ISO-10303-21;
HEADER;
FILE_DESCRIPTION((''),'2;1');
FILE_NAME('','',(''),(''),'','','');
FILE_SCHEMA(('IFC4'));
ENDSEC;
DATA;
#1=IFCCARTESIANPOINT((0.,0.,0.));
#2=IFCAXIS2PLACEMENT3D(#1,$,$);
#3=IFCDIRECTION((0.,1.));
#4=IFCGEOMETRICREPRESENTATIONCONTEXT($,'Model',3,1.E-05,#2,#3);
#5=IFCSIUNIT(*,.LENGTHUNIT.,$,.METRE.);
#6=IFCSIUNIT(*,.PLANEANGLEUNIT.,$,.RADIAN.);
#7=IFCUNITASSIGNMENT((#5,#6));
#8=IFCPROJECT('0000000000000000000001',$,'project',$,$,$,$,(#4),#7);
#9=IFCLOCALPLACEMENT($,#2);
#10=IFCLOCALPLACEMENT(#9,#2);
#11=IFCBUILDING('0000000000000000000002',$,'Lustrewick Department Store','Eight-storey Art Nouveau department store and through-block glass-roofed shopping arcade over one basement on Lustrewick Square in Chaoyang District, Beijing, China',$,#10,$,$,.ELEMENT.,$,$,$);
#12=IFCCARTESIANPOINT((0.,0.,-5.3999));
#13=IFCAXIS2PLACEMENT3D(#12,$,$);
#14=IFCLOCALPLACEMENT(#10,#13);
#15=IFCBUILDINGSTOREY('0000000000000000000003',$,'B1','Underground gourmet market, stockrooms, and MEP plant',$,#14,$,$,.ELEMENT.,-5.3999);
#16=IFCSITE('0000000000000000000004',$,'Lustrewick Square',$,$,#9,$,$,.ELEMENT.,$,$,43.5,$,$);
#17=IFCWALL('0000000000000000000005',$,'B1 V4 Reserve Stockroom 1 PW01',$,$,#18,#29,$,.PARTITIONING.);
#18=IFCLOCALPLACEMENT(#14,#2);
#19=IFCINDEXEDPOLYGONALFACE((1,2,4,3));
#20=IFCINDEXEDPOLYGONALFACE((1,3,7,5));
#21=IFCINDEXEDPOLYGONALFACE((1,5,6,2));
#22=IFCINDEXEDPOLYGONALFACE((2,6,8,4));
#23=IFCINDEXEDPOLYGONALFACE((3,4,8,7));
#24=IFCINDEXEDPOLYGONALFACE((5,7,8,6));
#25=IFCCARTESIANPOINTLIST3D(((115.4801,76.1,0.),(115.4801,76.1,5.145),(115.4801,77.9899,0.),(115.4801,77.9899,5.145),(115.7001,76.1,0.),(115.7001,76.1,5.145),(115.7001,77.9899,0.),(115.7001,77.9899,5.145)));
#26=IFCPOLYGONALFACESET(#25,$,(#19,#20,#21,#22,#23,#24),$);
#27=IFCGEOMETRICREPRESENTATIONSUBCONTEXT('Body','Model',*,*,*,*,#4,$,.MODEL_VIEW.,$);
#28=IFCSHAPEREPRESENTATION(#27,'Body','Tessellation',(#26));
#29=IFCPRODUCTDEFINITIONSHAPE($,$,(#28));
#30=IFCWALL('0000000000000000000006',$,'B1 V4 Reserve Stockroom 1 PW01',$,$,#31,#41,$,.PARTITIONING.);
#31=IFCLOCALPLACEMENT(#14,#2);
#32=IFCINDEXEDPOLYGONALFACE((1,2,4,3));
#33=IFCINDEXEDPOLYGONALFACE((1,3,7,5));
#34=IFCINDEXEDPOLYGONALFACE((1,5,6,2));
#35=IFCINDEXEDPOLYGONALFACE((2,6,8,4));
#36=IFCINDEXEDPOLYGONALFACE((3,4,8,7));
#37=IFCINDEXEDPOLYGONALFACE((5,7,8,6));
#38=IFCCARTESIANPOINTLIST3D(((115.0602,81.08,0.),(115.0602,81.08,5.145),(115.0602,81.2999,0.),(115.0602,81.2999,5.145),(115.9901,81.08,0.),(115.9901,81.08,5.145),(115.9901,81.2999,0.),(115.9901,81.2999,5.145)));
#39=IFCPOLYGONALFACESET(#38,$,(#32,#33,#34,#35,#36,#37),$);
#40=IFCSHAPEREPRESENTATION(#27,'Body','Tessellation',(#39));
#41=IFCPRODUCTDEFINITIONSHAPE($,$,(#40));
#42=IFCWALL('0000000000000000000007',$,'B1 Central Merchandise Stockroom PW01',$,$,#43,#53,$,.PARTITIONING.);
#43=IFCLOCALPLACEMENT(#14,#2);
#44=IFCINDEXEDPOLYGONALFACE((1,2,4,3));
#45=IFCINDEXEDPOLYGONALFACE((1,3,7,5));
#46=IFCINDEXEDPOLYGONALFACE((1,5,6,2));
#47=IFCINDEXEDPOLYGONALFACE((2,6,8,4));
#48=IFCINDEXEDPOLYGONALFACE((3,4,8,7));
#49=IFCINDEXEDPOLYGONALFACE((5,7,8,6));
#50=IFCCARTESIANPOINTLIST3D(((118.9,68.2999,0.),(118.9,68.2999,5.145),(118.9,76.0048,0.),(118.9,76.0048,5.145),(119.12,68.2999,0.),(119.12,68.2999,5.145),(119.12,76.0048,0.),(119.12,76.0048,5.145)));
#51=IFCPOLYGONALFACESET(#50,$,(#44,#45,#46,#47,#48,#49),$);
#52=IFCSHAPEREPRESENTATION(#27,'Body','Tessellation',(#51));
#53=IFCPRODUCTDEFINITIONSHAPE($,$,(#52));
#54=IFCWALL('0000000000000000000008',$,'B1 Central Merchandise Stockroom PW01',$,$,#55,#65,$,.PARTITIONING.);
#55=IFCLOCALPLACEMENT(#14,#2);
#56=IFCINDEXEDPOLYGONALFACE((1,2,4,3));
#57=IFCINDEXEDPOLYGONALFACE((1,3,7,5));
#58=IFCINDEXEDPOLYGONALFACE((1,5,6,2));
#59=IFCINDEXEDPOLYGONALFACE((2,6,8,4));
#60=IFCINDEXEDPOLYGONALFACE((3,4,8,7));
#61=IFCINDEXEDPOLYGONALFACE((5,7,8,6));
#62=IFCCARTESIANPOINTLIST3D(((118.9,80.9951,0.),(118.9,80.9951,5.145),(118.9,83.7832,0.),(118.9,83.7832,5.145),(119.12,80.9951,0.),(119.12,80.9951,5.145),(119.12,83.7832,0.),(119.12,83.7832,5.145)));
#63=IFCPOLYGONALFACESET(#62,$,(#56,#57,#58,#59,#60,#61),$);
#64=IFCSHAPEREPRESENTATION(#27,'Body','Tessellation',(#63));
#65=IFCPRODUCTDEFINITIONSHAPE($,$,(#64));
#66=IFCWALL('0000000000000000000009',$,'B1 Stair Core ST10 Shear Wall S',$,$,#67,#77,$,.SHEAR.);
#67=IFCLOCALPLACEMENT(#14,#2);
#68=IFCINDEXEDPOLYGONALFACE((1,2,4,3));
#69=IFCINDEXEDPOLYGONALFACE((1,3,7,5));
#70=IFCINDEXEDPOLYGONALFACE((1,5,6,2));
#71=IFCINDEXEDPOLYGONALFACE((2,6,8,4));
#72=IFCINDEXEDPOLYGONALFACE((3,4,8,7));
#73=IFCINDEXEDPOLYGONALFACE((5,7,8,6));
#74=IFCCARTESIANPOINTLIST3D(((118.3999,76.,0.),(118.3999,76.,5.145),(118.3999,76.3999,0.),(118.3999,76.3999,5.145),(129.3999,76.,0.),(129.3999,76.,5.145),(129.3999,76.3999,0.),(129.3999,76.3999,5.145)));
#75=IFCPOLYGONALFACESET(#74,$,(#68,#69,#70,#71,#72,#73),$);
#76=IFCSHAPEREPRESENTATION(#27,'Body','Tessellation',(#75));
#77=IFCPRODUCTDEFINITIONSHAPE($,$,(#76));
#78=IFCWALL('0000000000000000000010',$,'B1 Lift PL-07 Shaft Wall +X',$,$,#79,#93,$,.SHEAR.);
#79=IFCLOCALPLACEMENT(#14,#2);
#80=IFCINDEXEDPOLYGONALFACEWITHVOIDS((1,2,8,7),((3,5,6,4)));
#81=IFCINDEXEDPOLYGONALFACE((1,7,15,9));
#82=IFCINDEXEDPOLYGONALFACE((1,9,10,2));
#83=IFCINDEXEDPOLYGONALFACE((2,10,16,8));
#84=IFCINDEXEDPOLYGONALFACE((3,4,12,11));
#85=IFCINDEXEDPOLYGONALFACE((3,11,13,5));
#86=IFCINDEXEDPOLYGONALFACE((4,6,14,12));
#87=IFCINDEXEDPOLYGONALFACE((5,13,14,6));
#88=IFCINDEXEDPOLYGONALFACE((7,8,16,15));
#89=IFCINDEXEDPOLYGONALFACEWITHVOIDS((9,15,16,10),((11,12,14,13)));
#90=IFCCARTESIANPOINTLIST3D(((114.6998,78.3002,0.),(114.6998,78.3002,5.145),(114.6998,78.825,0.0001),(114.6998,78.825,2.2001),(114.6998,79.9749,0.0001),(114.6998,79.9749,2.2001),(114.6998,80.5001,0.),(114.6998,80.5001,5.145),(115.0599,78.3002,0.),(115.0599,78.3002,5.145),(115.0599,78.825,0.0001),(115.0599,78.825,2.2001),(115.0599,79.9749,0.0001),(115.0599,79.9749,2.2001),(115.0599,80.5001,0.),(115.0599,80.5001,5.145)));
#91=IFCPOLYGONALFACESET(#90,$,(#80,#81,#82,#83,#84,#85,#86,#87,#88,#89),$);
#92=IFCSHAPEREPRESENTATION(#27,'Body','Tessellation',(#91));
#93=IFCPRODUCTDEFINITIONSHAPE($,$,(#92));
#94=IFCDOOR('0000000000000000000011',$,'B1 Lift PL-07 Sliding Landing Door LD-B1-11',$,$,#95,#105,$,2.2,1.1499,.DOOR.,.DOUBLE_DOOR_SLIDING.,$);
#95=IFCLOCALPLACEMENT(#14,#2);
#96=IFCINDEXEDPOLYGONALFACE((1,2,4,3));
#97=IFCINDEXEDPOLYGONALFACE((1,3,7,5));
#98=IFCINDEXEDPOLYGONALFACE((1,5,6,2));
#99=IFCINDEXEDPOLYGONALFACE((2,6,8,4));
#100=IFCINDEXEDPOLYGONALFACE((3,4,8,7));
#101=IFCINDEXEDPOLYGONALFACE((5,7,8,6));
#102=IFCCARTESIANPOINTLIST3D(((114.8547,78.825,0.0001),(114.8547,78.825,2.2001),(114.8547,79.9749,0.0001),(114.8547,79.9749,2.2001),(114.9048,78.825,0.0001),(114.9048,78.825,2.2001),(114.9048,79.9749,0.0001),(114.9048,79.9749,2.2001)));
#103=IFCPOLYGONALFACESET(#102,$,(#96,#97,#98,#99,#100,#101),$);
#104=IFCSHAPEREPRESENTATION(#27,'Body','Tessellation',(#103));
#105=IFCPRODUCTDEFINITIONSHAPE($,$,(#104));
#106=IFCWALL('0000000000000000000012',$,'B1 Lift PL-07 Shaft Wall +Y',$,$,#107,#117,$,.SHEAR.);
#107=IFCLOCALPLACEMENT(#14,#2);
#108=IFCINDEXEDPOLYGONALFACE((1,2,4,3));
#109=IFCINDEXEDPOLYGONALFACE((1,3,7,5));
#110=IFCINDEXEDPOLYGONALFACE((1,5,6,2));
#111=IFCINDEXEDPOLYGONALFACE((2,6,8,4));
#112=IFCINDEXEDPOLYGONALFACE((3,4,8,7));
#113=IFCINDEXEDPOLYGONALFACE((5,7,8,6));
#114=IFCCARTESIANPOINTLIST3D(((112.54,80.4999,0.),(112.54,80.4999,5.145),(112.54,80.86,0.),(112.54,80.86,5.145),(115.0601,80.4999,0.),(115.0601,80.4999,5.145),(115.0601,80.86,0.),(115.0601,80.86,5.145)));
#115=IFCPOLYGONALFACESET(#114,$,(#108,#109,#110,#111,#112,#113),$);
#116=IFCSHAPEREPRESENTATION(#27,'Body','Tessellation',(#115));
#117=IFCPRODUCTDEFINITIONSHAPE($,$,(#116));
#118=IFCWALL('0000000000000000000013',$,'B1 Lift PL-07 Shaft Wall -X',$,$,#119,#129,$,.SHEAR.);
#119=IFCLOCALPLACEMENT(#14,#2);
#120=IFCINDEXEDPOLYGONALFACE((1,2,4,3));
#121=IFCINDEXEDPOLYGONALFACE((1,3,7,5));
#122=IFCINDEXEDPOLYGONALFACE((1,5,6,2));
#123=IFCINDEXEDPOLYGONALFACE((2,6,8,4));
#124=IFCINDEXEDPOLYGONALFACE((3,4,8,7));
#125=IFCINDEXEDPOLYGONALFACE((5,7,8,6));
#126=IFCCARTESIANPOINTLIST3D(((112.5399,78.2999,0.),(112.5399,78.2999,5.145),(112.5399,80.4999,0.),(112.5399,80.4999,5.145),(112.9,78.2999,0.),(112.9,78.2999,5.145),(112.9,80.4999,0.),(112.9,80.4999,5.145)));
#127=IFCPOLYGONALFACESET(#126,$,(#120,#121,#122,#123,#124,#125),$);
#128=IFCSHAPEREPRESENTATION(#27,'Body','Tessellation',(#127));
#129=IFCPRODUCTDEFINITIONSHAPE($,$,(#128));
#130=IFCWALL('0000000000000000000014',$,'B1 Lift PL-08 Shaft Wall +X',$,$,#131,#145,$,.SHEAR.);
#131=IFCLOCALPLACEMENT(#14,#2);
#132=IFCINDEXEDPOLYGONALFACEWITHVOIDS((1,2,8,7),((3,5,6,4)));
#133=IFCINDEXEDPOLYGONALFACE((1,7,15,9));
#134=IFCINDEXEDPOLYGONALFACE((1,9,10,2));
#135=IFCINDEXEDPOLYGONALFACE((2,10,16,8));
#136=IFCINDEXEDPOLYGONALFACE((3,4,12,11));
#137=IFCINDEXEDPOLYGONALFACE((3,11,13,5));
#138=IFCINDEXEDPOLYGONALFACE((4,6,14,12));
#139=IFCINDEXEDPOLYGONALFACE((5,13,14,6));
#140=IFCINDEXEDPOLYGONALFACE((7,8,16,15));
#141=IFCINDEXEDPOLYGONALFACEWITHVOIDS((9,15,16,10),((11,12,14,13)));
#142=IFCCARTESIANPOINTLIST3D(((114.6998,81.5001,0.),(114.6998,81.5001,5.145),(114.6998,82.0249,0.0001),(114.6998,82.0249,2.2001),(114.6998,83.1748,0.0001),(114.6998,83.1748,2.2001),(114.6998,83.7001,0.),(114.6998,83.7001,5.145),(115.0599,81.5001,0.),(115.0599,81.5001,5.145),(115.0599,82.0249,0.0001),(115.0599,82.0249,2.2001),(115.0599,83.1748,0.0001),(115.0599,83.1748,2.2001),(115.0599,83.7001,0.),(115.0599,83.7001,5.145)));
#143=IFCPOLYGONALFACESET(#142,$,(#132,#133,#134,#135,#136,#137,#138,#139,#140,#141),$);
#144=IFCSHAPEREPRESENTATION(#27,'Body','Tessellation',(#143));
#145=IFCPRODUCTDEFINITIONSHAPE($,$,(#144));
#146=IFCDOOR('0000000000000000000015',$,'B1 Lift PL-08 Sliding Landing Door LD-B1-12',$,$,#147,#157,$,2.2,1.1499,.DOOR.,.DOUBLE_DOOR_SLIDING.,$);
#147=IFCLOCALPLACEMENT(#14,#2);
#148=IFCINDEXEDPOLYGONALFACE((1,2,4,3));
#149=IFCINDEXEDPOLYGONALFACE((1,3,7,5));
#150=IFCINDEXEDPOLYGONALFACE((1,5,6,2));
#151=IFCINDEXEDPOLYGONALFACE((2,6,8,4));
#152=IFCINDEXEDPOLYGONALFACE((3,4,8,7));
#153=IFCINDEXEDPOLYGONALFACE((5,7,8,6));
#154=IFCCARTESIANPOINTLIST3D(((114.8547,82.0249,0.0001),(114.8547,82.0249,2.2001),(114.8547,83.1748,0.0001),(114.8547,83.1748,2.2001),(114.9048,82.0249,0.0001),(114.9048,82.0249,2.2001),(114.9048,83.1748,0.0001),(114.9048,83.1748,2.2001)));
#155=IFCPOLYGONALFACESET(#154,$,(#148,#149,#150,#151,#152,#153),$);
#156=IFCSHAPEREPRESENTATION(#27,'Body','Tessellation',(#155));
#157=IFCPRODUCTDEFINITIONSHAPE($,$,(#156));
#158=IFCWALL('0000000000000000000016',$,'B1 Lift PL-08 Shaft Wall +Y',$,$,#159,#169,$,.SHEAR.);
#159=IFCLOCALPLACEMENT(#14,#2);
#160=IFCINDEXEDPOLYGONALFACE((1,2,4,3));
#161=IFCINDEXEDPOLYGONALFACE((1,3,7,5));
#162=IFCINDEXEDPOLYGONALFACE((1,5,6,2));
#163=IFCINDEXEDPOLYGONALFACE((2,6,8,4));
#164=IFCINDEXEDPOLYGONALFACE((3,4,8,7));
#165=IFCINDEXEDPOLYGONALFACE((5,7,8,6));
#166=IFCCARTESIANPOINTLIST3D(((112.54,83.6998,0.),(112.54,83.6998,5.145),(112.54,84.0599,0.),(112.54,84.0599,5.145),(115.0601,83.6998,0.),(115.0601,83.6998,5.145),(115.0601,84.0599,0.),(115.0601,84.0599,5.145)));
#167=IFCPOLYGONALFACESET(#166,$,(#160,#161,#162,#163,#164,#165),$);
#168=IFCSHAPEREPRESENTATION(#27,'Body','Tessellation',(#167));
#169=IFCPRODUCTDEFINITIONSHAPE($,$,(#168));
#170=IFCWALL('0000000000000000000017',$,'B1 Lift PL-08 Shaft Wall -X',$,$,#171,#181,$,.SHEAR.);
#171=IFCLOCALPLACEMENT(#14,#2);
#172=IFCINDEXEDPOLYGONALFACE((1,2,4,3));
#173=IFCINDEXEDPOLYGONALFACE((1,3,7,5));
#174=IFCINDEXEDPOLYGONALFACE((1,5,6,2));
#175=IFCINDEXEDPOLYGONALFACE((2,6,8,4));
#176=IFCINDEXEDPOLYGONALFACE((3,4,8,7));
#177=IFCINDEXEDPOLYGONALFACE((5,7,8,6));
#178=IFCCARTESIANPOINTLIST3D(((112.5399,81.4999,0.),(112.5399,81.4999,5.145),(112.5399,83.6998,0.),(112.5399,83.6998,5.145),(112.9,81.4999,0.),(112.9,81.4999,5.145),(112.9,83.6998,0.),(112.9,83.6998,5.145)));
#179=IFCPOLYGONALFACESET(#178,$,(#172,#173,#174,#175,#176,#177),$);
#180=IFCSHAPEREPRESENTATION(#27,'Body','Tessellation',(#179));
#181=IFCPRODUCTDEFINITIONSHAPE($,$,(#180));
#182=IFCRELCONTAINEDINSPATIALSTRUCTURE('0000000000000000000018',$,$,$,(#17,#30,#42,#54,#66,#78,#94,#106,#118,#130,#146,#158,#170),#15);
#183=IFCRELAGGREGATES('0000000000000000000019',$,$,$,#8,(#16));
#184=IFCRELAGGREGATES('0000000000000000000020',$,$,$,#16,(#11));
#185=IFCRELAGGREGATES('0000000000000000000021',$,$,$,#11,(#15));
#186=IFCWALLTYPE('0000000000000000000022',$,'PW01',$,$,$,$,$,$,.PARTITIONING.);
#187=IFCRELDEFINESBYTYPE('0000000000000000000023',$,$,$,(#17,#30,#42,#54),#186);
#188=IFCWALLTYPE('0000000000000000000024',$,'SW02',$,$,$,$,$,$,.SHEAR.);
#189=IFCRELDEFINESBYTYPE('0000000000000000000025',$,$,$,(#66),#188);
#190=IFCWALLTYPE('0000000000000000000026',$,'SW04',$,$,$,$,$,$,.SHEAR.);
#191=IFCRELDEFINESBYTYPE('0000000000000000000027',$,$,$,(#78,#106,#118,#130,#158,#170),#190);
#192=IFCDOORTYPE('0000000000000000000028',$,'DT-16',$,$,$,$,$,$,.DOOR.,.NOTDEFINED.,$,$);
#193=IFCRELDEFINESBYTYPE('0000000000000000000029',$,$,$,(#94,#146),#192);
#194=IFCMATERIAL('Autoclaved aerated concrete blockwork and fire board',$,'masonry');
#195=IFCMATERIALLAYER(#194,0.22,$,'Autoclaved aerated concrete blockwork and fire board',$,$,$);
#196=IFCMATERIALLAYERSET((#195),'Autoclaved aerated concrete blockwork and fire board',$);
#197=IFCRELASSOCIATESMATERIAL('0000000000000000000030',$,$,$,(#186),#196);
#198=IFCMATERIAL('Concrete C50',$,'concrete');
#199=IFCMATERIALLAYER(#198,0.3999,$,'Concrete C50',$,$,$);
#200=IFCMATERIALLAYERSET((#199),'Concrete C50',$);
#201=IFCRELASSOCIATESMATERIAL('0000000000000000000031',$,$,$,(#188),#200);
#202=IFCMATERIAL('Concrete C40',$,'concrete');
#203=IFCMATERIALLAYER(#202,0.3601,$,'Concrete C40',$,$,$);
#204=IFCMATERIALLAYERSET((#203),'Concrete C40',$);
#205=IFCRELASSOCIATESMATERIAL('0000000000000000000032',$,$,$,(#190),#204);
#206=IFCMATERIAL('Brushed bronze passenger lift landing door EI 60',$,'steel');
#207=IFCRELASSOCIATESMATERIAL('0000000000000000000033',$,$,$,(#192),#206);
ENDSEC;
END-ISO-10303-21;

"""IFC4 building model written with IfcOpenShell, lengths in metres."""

from ifc_helpers import new_model, si_unit, direction, frame, frame_2d, origin, place, context, subcontext, project, spatial, rectangle, extrude, material, layer, layer_set, type_object, element, fill, save


model = new_model("IFC4")

# Units and contexts
model_context = context("Model", 3, precision=1e-05, world=origin(), true_north=direction((0.0, 1.0)))
body_context = subcontext(model_context, "Body", "Model", "MODEL_VIEW")
ifc_project = project(units=[si_unit("LENGTHUNIT", "METRE"), si_unit("PLANEANGLEUNIT", "RADIAN")], contexts=[model_context])

# Site, building, storey
site_placement = place(None, origin())
site = spatial("IfcSite", under=ifc_project, at=site_placement, Name="Lustrewick Square", CompositionType="ELEMENT", RefElevation=43.5)
building_placement = place(site_placement, origin())
building = spatial("IfcBuilding", under=site, at=building_placement, Name="Lustrewick Department Store", Description="Eight-storey Art Nouveau department store and through-block glass-roofed shopping arcade over one basement on Lustrewick Square in Chaoyang District, Beijing, China", CompositionType="ELEMENT")
storey_placement = place(building_placement, frame((0.0, 0.0, -5.3999)))
storey = spatial("IfcBuildingStorey", under=building, at=storey_placement, Name="B1", Description="Underground gourmet market, stockrooms, and MEP plant", CompositionType="ELEMENT", Elevation=-5.3999)

# Shared definitions
ifc_material_1 = material(Name="Concrete C40", Category="concrete")

# Walls
ifc_material_2 = material(Name="Autoclaved aerated concrete blockwork and fire board", Category="masonry")
ifc_layer_1 = layer(ifc_material_2, 0.22, Name="Autoclaved aerated concrete blockwork and fire board")
ifc_layer_set_1 = layer_set([ifc_layer_1], Name="Autoclaved aerated concrete blockwork and fire board")
wall_type_1 = type_object("IfcWallType", Name="PW01", PredefinedType="PARTITIONING", material=ifc_layer_set_1)
wall_1_placement = place(storey_placement, frame((115.5901, 76.1001, 0.0), z_axis=(0.0, 0.0, 1.0), x_axis=(0.0, 1.0, 0.0)))
element("IfcWall", 1, at=wall_1_placement, inside=storey, type_object=wall_type_1, Name="B1 V4 Reserve Stockroom 1 PW01", PredefinedType="PARTITIONING", context=body_context, shape_type="SweptSolid", body=[
    extrude(rectangle(XDim=1.8899, YDim=0.22, at=frame_2d((0.9448, 0.0))), origin(), (0.0, 0.0, 1.0), 5.145),
])
wall_2_placement = place(storey_placement, frame((115.99, 81.1899, 0.0), z_axis=(0.0, 0.0, 1.0), x_axis=(-1.0, 0.0, 0.0)))
element("IfcWall", 2, at=wall_2_placement, inside=storey, type_object=wall_type_1, Name="B1 V4 Reserve Stockroom 1 PW01", PredefinedType="PARTITIONING", context=body_context, shape_type="SweptSolid", body=[
    extrude(rectangle(XDim=0.9299, YDim=0.22, at=frame_2d((0.4648, 0.0))), origin(), (0.0, 0.0, 1.0), 5.145),
])
wall_3_placement = place(storey_placement, frame((119.01, 76.0049, 0.0), z_axis=(0.0, 0.0, 1.0), x_axis=(0.0, -1.0, 0.0)))
element("IfcWall", 3, at=wall_3_placement, inside=storey, type_object=wall_type_1, Name="B1 Central Merchandise Stockroom PW01", PredefinedType="PARTITIONING", context=body_context, shape_type="SweptSolid", body=[
    extrude(rectangle(XDim=7.7048, YDim=0.22, at=frame_2d((3.8525, 0.0))), origin(), (0.0, 0.0, 1.0), 5.145),
])
wall_4_placement = place(storey_placement, frame((119.01, 83.7832, 0.0), z_axis=(0.0, 0.0, 1.0), x_axis=(0.0, -1.0, 0.0)))
element("IfcWall", 4, at=wall_4_placement, inside=storey, type_object=wall_type_1, Name="B1 Central Merchandise Stockroom PW01", PredefinedType="PARTITIONING", context=body_context, shape_type="SweptSolid", body=[
    extrude(rectangle(XDim=2.7881, YDim=0.22, at=frame_2d((1.394, 0.0))), origin(), (0.0, 0.0, 1.0), 5.145),
])
ifc_material_3 = material(Name="Concrete C50", Category="concrete")
ifc_layer_2 = layer(ifc_material_3, 0.3999, Name="Concrete C50")
ifc_layer_set_2 = layer_set([ifc_layer_2], Name="Concrete C50")
wall_type_2 = type_object("IfcWallType", Name="SW02", PredefinedType="SHEAR", material=ifc_layer_set_2)
wall_5_placement = place(storey_placement, frame((118.3999, 76.2, 0.0), z_axis=(0.0, 0.0, 1.0), x_axis=(1.0, 0.0, 0.0)))
element("IfcWall", 5, at=wall_5_placement, inside=storey, type_object=wall_type_2, Name="B1 Stair Core ST10 Shear Wall S", PredefinedType="SHEAR", context=body_context, shape_type="SweptSolid", body=[
    extrude(rectangle(XDim=11.0, YDim=0.3999, at=frame_2d((5.5, 0.0))), origin(), (0.0, 0.0, 1.0), 5.145),
])

# Wall, opening, door
ifc_layer_3 = layer(ifc_material_1, 0.3601, Name="Concrete C40")
ifc_layer_set_3 = layer_set([ifc_layer_3], Name="Concrete C40")
wall_type_3 = type_object("IfcWallType", Name="SW04", PredefinedType="SHEAR", material=ifc_layer_set_3)
wall_6_placement = place(storey_placement, frame((114.8799, 78.3, 0.0), z_axis=(0.0, 0.0, 1.0), x_axis=(0.0, 1.0, 0.0)))
wall_6 = element("IfcWall", 6, at=wall_6_placement, inside=storey, type_object=wall_type_3, Name="B1 Lift PL-07 Shaft Wall +X", PredefinedType="SHEAR", context=body_context, shape_type="SweptSolid", body=[
    extrude(rectangle(XDim=2.2, YDim=0.3601, at=frame_2d((1.1001, 0.0))), origin(), (0.0, 0.0, 1.0), 5.145),
])
opening_1_placement = place(wall_6_placement, frame((0.5249, 0.0, 0.0)))
opening_1 = element("IfcOpeningElement", 7, at=opening_1_placement, cuts=wall_6, PredefinedType="OPENING", context=body_context, shape_type="SweptSolid", body=[
    extrude(rectangle(XDim=1.1499, YDim=2.2, at=frame_2d((0.575, 1.1001))), frame((0.0, 0.1899, 0.0), z_axis=(0.0, -1.0, 0.0), x_axis=(1.0, 0.0, 0.0)), (0.0, 0.0, 1.0), 0.3801),
])
ifc_material_4 = material(Name="Brushed bronze passenger lift landing door EI 60", Category="steel")
door_type_1 = type_object("IfcDoorType", Name="DT-16", OperationType="NOTDEFINED", PredefinedType="DOOR", material=ifc_material_4)
door_1_placement = place(opening_1_placement, frame((1.1499, 0.0, 0.0), z_axis=(0.0, 0.0, 1.0), x_axis=(-1.0, 0.0, 0.0)))
door_1 = element("IfcDoor", 8, at=door_1_placement, inside=storey, type_object=door_type_1, Name="B1 Lift PL-07 Sliding Landing Door LD-B1-11", OperationType="DOUBLE_DOOR_SLIDING", OverallHeight=2.2, OverallWidth=1.1499, PredefinedType="DOOR", context=body_context, shape_type="SweptSolid", body=[
    extrude(rectangle(XDim=1.1499, YDim=2.2, at=frame_2d((0.575, 1.1001))), frame((0.0, 0.0249, 0.0), z_axis=(0.0, -1.0, 0.0), x_axis=(1.0, 0.0, 0.0)), (0.0, 0.0, 1.0), 0.05),
])
fill(opening_1, door_1)

# Walls
wall_7_placement = place(storey_placement, frame((115.0601, 80.6799, 0.0), z_axis=(0.0, 0.0, 1.0), x_axis=(-1.0, 0.0, 0.0)))
element("IfcWall", 9, at=wall_7_placement, inside=storey, type_object=wall_type_3, Name="B1 Lift PL-07 Shaft Wall +Y", PredefinedType="SHEAR", context=body_context, shape_type="SweptSolid", body=[
    extrude(rectangle(XDim=2.52, YDim=0.3601, at=frame_2d((1.26, 0.0))), origin(), (0.0, 0.0, 1.0), 5.145),
])
wall_8_placement = place(storey_placement, frame((112.72, 80.5, 0.0), z_axis=(0.0, 0.0, 1.0), x_axis=(0.0, -1.0, 0.0)))
element("IfcWall", 10, at=wall_8_placement, inside=storey, type_object=wall_type_3, Name="B1 Lift PL-07 Shaft Wall -X", PredefinedType="SHEAR", context=body_context, shape_type="SweptSolid", body=[
    extrude(rectangle(XDim=2.2, YDim=0.3601, at=frame_2d((1.1001, 0.0))), origin(), (0.0, 0.0, 1.0), 5.145),
])

# Wall, opening, door
wall_9_placement = place(storey_placement, frame((114.8799, 81.5, 0.0), z_axis=(0.0, 0.0, 1.0), x_axis=(0.0, 1.0, 0.0)))
wall_9 = element("IfcWall", 11, at=wall_9_placement, inside=storey, type_object=wall_type_3, Name="B1 Lift PL-08 Shaft Wall +X", PredefinedType="SHEAR", context=body_context, shape_type="SweptSolid", body=[
    extrude(rectangle(XDim=2.2, YDim=0.3601, at=frame_2d((1.1001, 0.0))), origin(), (0.0, 0.0, 1.0), 5.145),
])
opening_2_placement = place(wall_9_placement, frame((0.5249, 0.0, 0.0)))
opening_2 = element("IfcOpeningElement", 12, at=opening_2_placement, cuts=wall_9, PredefinedType="OPENING", context=body_context, shape_type="SweptSolid", body=[
    extrude(rectangle(XDim=1.1499, YDim=2.2, at=frame_2d((0.575, 1.1001))), frame((0.0, 0.1899, 0.0), z_axis=(0.0, -1.0, 0.0), x_axis=(1.0, 0.0, 0.0)), (0.0, 0.0, 1.0), 0.3801),
])
door_2_placement = place(opening_2_placement, frame((1.1499, 0.0, 0.0), z_axis=(0.0, 0.0, 1.0), x_axis=(-1.0, 0.0, 0.0)))
door_2 = element("IfcDoor", 13, at=door_2_placement, inside=storey, type_object=door_type_1, Name="B1 Lift PL-08 Sliding Landing Door LD-B1-12", OperationType="DOUBLE_DOOR_SLIDING", OverallHeight=2.2, OverallWidth=1.1499, PredefinedType="DOOR", context=body_context, shape_type="SweptSolid", body=[
    extrude(rectangle(XDim=1.1499, YDim=2.2, at=frame_2d((0.575, 1.1001))), frame((0.0, 0.0249, 0.0), z_axis=(0.0, -1.0, 0.0), x_axis=(1.0, 0.0, 0.0)), (0.0, 0.0, 1.0), 0.05),
])
fill(opening_2, door_2)

# Walls
wall_10_placement = place(storey_placement, frame((115.0601, 83.8799, 0.0), z_axis=(0.0, 0.0, 1.0), x_axis=(-1.0, 0.0, 0.0)))
element("IfcWall", 14, at=wall_10_placement, inside=storey, type_object=wall_type_3, Name="B1 Lift PL-08 Shaft Wall +Y", PredefinedType="SHEAR", context=body_context, shape_type="SweptSolid", body=[
    extrude(rectangle(XDim=2.52, YDim=0.3601, at=frame_2d((1.26, 0.0))), origin(), (0.0, 0.0, 1.0), 5.145),
])
wall_11_placement = place(storey_placement, frame((112.72, 83.7, 0.0), z_axis=(0.0, 0.0, 1.0), x_axis=(0.0, -1.0, 0.0)))
element("IfcWall", 15, at=wall_11_placement, inside=storey, type_object=wall_type_3, Name="B1 Lift PL-08 Shaft Wall -X", PredefinedType="SHEAR", context=body_context, shape_type="SweptSolid", body=[
    extrude(rectangle(XDim=2.2, YDim=0.3601, at=frame_2d((1.1001, 0.0))), origin(), (0.0, 0.0, 1.0), 5.145),
])

save(model, "model.ifc")
